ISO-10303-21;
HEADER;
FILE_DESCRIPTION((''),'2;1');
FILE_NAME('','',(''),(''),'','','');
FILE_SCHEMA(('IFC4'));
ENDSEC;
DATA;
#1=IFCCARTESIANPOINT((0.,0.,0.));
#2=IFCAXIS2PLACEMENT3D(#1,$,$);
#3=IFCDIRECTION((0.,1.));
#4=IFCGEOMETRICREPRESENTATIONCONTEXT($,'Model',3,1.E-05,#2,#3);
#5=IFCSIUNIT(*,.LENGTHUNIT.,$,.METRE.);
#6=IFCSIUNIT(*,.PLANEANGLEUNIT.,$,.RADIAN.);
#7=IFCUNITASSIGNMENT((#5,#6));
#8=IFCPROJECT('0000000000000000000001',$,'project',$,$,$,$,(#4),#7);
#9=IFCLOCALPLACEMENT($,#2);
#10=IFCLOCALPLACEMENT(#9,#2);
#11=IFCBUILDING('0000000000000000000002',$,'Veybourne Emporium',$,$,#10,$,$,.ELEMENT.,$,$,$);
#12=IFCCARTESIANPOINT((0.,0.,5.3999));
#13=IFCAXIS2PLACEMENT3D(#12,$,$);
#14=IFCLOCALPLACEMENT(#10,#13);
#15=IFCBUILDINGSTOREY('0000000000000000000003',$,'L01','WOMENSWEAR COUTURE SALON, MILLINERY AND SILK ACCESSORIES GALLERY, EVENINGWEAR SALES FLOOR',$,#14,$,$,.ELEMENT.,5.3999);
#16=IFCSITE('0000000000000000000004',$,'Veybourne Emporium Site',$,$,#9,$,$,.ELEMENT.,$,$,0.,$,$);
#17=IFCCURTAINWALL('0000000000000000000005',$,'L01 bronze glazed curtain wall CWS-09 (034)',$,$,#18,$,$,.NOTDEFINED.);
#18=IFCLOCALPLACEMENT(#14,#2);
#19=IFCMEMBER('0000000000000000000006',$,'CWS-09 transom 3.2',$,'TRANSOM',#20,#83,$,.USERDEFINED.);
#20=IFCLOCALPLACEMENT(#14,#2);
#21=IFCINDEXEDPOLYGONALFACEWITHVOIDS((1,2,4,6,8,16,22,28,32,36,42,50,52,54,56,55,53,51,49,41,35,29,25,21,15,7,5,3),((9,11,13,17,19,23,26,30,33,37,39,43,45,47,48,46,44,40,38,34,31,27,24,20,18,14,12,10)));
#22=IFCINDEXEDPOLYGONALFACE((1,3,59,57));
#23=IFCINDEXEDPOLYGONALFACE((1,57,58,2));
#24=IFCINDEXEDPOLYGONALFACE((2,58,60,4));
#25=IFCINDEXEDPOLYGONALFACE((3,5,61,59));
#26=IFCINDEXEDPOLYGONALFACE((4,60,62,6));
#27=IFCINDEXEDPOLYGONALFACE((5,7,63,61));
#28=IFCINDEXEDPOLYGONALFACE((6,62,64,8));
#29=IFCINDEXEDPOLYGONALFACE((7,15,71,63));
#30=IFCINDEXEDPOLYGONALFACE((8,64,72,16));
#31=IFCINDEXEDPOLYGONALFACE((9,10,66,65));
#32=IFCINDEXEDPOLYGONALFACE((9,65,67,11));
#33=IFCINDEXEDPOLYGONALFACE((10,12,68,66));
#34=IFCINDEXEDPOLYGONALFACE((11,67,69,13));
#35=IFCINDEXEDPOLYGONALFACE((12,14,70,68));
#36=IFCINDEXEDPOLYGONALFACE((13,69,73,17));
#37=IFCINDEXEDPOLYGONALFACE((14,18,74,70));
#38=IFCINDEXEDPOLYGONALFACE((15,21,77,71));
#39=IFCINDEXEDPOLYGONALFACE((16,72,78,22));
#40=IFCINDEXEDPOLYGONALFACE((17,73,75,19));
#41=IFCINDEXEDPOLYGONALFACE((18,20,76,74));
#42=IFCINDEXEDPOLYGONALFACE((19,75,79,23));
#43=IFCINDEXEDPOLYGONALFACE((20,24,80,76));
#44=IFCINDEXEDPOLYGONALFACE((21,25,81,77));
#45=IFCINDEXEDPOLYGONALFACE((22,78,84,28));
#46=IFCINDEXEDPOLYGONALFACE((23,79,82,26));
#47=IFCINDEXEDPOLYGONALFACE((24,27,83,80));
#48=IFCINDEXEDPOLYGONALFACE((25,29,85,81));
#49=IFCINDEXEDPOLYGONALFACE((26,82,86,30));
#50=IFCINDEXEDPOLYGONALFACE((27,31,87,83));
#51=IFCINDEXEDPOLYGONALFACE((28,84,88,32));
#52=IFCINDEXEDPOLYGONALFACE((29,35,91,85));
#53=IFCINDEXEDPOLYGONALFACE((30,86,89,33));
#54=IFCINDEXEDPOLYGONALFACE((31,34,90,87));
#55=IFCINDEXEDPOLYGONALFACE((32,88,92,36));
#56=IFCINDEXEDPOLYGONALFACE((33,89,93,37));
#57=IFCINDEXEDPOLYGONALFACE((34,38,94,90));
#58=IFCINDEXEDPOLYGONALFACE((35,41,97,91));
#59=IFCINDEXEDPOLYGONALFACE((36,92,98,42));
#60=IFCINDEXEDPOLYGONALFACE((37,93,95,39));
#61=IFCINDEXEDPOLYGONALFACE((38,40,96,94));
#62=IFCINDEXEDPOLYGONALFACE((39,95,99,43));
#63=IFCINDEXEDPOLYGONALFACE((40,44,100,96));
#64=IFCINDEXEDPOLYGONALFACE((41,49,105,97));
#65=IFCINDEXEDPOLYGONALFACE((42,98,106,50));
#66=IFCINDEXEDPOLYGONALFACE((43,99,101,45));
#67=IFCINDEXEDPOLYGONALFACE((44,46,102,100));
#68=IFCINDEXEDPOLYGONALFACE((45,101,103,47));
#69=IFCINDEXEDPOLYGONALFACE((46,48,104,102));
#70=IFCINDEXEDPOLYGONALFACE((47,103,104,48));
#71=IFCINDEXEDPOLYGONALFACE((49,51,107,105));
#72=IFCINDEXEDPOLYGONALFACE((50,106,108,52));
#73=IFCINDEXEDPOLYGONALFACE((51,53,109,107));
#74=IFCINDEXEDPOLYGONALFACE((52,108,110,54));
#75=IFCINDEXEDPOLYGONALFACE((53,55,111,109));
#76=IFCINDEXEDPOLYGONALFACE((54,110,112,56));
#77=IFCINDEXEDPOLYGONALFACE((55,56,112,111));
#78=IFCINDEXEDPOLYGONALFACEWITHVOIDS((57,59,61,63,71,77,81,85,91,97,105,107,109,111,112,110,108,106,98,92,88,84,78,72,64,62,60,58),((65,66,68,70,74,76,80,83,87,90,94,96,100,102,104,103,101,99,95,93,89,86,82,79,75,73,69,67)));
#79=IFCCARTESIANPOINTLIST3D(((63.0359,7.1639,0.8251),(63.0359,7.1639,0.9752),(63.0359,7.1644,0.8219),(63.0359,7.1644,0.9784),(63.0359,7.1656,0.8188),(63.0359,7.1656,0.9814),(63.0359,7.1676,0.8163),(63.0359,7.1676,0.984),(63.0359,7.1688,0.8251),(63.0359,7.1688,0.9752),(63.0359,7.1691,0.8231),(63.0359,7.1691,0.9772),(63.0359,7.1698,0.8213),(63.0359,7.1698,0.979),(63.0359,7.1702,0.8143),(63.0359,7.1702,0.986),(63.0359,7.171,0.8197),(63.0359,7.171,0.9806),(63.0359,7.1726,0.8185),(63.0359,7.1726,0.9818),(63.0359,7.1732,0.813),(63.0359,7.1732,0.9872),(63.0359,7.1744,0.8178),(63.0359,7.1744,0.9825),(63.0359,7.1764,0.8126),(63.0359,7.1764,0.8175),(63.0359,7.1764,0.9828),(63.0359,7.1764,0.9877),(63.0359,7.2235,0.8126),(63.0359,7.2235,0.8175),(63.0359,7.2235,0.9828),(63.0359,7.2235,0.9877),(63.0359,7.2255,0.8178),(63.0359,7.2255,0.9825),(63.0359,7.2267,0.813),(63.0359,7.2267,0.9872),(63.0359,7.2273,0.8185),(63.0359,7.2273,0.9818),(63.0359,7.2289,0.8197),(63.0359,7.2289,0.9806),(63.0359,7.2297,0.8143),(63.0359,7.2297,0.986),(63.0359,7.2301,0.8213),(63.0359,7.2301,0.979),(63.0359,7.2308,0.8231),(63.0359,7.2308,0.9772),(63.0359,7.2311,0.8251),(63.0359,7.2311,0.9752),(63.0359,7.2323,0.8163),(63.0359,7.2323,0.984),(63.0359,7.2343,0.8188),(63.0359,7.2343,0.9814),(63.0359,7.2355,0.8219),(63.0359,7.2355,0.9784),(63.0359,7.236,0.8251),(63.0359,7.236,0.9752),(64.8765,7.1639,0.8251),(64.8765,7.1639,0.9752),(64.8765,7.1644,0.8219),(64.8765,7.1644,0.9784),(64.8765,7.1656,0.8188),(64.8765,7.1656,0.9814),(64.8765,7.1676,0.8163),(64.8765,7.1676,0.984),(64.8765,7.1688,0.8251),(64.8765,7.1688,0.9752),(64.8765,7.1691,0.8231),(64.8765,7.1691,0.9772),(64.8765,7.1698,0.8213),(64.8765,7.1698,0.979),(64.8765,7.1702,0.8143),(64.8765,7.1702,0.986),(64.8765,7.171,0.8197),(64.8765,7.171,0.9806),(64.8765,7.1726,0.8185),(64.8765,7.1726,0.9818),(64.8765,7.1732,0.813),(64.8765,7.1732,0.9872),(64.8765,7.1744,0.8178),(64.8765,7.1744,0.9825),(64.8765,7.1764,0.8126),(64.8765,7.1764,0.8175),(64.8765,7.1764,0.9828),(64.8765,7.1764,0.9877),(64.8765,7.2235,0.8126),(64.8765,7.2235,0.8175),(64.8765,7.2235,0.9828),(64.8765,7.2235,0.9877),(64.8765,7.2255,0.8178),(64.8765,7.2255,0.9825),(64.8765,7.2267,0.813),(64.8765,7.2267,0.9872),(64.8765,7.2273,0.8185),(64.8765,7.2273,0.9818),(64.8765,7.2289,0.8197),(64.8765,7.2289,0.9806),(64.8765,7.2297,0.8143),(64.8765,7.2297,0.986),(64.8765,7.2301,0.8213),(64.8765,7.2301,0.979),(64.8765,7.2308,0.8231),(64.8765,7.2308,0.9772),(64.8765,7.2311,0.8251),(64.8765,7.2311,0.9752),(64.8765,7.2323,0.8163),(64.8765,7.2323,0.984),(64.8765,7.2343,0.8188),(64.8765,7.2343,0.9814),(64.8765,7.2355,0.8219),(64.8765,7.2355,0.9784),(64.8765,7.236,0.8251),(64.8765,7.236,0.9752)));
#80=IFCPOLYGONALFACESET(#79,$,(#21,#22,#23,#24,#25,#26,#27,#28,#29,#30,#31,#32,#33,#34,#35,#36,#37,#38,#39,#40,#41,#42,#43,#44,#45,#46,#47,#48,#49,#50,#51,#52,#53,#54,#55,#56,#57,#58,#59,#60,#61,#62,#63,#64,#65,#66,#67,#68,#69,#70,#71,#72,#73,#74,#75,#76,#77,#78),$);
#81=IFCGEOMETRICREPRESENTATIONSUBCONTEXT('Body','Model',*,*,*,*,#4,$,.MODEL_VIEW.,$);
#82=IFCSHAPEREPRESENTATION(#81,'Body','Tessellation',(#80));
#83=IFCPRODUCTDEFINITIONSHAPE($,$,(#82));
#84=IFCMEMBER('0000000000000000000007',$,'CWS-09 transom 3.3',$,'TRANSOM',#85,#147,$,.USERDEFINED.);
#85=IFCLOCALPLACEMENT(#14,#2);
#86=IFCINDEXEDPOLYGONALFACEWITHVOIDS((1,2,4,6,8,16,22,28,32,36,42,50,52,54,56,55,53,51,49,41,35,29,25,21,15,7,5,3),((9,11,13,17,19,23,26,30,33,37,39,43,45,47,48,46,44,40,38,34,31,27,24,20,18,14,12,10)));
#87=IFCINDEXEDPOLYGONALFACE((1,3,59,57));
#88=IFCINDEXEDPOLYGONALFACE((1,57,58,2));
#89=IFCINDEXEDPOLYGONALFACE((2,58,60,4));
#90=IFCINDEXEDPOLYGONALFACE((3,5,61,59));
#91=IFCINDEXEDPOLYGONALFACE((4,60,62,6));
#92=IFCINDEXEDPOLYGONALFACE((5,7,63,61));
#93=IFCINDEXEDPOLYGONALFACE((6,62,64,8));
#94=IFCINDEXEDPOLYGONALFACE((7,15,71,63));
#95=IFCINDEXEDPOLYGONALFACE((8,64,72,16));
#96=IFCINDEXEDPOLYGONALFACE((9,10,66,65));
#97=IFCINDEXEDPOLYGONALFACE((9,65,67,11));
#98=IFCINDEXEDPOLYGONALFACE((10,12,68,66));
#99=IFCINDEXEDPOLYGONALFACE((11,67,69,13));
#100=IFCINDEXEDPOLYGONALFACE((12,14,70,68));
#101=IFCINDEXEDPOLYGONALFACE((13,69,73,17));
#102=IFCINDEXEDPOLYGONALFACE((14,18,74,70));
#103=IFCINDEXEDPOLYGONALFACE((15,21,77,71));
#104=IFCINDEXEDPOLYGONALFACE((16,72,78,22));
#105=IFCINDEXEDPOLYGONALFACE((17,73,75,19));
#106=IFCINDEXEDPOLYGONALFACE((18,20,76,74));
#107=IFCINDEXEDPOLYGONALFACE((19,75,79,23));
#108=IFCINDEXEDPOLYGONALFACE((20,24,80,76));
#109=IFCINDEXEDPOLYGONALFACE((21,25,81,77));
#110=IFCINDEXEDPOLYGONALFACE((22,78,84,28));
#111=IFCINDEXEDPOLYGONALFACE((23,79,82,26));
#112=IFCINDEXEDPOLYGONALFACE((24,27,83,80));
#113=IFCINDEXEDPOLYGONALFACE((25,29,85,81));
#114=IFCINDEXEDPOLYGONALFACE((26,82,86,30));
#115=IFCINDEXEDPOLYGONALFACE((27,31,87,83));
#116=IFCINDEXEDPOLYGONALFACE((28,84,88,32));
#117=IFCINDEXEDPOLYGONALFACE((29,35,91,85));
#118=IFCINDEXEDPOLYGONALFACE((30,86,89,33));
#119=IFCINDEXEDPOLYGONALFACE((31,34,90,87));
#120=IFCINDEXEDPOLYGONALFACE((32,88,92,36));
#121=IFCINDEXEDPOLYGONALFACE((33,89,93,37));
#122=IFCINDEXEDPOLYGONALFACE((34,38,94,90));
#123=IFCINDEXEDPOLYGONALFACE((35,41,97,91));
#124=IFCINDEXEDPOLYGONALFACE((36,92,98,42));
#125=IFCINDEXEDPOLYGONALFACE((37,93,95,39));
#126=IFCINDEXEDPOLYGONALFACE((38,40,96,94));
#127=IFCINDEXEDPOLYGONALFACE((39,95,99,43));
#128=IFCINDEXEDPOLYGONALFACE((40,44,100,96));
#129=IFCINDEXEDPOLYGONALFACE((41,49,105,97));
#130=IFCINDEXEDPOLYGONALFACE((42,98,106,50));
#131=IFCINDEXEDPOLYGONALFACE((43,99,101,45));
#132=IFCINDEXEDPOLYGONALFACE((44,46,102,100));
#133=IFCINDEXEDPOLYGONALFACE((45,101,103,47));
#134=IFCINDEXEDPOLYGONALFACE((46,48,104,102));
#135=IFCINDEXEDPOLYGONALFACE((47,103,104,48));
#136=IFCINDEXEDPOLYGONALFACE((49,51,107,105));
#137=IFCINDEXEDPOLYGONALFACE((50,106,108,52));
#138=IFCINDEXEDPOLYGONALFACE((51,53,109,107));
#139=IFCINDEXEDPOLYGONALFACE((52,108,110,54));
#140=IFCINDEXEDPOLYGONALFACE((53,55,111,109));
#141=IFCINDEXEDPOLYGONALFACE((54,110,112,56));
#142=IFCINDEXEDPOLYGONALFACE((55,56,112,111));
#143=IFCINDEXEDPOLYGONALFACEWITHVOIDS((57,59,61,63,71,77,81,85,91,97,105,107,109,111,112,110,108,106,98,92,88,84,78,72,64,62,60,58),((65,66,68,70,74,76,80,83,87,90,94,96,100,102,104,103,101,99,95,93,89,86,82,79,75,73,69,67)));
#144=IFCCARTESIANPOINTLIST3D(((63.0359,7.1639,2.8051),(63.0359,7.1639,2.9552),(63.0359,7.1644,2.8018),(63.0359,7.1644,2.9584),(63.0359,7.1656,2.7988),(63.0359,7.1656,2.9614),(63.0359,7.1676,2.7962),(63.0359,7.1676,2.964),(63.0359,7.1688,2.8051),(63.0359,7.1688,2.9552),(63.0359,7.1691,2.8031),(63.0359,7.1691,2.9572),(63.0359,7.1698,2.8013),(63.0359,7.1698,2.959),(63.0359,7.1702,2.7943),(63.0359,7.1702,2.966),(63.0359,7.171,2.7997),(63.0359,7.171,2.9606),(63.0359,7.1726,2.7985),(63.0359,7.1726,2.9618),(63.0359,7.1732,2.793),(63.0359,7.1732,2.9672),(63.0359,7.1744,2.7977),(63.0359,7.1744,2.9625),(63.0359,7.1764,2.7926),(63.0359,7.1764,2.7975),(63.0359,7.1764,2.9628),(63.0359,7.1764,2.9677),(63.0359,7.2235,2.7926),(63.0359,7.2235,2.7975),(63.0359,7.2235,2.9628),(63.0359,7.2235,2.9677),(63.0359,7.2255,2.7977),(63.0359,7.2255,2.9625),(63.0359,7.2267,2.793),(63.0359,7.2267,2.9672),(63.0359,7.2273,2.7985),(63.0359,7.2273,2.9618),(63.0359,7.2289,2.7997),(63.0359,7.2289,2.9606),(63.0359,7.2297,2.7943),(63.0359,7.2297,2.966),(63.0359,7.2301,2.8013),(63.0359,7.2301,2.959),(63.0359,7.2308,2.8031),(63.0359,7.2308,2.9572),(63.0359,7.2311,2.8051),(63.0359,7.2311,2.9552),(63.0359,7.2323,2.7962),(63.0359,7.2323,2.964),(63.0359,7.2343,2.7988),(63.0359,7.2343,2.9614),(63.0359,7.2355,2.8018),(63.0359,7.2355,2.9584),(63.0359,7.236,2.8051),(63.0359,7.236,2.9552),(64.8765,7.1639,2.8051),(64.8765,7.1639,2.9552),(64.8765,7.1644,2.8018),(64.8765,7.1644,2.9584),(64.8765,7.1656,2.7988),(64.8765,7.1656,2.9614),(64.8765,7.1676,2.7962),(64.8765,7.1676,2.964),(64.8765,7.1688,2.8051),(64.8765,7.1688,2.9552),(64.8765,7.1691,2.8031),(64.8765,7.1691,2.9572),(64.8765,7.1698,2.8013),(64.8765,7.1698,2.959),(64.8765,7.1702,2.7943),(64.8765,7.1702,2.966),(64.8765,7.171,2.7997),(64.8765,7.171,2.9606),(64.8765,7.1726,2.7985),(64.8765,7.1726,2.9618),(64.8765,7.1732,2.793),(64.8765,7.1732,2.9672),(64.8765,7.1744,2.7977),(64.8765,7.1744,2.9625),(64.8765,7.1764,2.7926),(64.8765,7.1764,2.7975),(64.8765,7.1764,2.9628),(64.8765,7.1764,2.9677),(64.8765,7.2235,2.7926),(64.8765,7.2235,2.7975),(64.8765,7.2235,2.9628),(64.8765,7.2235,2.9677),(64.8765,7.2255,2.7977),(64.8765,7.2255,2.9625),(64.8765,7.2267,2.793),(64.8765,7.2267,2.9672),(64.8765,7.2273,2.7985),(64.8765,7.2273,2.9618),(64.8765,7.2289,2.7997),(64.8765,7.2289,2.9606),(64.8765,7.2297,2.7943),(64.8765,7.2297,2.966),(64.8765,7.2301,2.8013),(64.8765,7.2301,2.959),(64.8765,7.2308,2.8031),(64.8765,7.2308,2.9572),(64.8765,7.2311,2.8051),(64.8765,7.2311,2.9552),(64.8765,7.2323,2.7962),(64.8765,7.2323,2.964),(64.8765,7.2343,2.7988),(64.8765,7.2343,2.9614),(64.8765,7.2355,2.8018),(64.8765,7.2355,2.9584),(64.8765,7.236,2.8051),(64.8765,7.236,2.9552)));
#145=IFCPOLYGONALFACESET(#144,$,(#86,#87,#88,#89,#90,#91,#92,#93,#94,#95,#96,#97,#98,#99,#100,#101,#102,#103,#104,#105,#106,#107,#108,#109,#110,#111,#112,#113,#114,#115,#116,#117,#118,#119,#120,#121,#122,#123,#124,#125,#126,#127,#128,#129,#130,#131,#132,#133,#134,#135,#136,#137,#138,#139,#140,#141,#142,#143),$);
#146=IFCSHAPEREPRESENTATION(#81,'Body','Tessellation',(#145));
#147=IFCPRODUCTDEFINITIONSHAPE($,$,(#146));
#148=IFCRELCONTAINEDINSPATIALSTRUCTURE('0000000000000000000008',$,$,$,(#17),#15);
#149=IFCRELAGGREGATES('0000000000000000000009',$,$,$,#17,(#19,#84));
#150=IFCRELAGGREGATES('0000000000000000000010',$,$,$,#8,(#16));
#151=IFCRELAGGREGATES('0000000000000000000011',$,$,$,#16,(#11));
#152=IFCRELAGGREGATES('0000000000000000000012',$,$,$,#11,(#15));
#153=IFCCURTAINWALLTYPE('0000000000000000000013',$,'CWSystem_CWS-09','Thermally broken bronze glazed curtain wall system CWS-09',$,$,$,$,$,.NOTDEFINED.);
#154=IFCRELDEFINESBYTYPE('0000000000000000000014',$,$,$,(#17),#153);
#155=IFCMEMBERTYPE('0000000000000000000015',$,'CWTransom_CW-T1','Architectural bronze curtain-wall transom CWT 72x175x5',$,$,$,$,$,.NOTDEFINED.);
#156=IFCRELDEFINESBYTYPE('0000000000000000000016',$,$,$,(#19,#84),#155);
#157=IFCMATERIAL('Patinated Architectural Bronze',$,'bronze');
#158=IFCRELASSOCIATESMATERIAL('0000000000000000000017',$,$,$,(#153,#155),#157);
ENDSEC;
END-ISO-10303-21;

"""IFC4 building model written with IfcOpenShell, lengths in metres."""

from ifc_helpers import new_model, si_unit, direction, frame, origin, origin_2d, place, context, subcontext, project, spatial, hollow_rectangle, extrude, material, material_profile, profile_set, type_object, element, aggregate, save


model = new_model("IFC4")

# Units and contexts
model_context = context("Model", 3, precision=1e-05, world=origin(), true_north=direction((0.0, 1.0)))
body_context = subcontext(model_context, "Body", "Model", "MODEL_VIEW")
ifc_project = project(units=[si_unit("LENGTHUNIT", "METRE"), si_unit("PLANEANGLEUNIT", "RADIAN")], contexts=[model_context])

# Site, building, storey
site_placement = place(None, origin())
site = spatial("IfcSite", under=ifc_project, at=site_placement, Name="Veybourne Emporium Site", CompositionType="ELEMENT", RefElevation=0.0)
building_placement = place(site_placement, origin())
building = spatial("IfcBuilding", under=site, at=building_placement, Name="Veybourne Emporium", CompositionType="ELEMENT")
storey_placement = place(building_placement, frame((0.0, 0.0, 5.3999)))
storey = spatial("IfcBuildingStorey", under=building, at=storey_placement, Name="L01", Description="WOMENSWEAR COUTURE SALON, MILLINERY AND SILK ACCESSORIES GALLERY, EVENINGWEAR SALES FLOOR", CompositionType="ELEMENT", Elevation=5.3999)

# Curtain wall, members
ifc_material_1 = material(Name="Patinated Architectural Bronze", Category="bronze")
curtain_wall_type = type_object("IfcCurtainWallType", Name="CWSystem_CWS-09", Description="Thermally broken bronze glazed curtain wall system CWS-09", PredefinedType="NOTDEFINED", material=ifc_material_1)
curtain_wall_placement = place(storey_placement, origin())
curtain_wall = element("IfcCurtainWall", 1, at=curtain_wall_placement, inside=storey, type_object=curtain_wall_type, Name="L01 bronze glazed curtain wall CWS-09 (034)", PredefinedType="NOTDEFINED")
ifc_material_profile_1 = material_profile(ifc_material_1, hollow_rectangle(XDim=0.072, YDim=0.175, WallThickness=0.0049, InnerFilletRadius=0.0076, OuterFilletRadius=0.0125, at=origin_2d()), Name="CWT 72x175x5")
ifc_profile_set_1 = profile_set([ifc_material_profile_1], Name="Patinated Architectural Bronze")
member_type_1 = type_object("IfcMemberType", Name="CWTransom_CW-T1", Description="Architectural bronze curtain-wall transom CWT 72x175x5", PredefinedType="NOTDEFINED", material=ifc_profile_set_1)
member_1_placement = place(storey_placement, frame((63.0359, 7.2, 0.9001), z_axis=(1.0, 0.0, 0.0), x_axis=(0.0, 1.0, 0.0)))
member_1 = element("IfcMember", 2, at=member_1_placement, type_object=member_type_1, Name="CWS-09 transom 3.2", ObjectType="TRANSOM", PredefinedType="USERDEFINED", context=body_context, shape_type="SweptSolid", body=[
    extrude(hollow_rectangle(XDim=0.072, YDim=0.175, WallThickness=0.0049, InnerFilletRadius=0.0076, OuterFilletRadius=0.0125, at=origin_2d()), origin(), (0.0, 0.0, 1.0), 1.8406),
])
member_2_placement = place(storey_placement, frame((63.0359, 7.2, 2.8801), z_axis=(1.0, 0.0, 0.0), x_axis=(0.0, 1.0, 0.0)))
member_2 = element("IfcMember", 3, at=member_2_placement, type_object=member_type_1, Name="CWS-09 transom 3.3", ObjectType="TRANSOM", PredefinedType="USERDEFINED", context=body_context, shape_type="SweptSolid", body=[
    extrude(hollow_rectangle(XDim=0.072, YDim=0.175, WallThickness=0.0049, InnerFilletRadius=0.0076, OuterFilletRadius=0.0125, at=origin_2d()), origin(), (0.0, 0.0, 1.0), 1.8406),
])
aggregate(curtain_wall, [member_1, member_2])

save(model, "model.ifc")
